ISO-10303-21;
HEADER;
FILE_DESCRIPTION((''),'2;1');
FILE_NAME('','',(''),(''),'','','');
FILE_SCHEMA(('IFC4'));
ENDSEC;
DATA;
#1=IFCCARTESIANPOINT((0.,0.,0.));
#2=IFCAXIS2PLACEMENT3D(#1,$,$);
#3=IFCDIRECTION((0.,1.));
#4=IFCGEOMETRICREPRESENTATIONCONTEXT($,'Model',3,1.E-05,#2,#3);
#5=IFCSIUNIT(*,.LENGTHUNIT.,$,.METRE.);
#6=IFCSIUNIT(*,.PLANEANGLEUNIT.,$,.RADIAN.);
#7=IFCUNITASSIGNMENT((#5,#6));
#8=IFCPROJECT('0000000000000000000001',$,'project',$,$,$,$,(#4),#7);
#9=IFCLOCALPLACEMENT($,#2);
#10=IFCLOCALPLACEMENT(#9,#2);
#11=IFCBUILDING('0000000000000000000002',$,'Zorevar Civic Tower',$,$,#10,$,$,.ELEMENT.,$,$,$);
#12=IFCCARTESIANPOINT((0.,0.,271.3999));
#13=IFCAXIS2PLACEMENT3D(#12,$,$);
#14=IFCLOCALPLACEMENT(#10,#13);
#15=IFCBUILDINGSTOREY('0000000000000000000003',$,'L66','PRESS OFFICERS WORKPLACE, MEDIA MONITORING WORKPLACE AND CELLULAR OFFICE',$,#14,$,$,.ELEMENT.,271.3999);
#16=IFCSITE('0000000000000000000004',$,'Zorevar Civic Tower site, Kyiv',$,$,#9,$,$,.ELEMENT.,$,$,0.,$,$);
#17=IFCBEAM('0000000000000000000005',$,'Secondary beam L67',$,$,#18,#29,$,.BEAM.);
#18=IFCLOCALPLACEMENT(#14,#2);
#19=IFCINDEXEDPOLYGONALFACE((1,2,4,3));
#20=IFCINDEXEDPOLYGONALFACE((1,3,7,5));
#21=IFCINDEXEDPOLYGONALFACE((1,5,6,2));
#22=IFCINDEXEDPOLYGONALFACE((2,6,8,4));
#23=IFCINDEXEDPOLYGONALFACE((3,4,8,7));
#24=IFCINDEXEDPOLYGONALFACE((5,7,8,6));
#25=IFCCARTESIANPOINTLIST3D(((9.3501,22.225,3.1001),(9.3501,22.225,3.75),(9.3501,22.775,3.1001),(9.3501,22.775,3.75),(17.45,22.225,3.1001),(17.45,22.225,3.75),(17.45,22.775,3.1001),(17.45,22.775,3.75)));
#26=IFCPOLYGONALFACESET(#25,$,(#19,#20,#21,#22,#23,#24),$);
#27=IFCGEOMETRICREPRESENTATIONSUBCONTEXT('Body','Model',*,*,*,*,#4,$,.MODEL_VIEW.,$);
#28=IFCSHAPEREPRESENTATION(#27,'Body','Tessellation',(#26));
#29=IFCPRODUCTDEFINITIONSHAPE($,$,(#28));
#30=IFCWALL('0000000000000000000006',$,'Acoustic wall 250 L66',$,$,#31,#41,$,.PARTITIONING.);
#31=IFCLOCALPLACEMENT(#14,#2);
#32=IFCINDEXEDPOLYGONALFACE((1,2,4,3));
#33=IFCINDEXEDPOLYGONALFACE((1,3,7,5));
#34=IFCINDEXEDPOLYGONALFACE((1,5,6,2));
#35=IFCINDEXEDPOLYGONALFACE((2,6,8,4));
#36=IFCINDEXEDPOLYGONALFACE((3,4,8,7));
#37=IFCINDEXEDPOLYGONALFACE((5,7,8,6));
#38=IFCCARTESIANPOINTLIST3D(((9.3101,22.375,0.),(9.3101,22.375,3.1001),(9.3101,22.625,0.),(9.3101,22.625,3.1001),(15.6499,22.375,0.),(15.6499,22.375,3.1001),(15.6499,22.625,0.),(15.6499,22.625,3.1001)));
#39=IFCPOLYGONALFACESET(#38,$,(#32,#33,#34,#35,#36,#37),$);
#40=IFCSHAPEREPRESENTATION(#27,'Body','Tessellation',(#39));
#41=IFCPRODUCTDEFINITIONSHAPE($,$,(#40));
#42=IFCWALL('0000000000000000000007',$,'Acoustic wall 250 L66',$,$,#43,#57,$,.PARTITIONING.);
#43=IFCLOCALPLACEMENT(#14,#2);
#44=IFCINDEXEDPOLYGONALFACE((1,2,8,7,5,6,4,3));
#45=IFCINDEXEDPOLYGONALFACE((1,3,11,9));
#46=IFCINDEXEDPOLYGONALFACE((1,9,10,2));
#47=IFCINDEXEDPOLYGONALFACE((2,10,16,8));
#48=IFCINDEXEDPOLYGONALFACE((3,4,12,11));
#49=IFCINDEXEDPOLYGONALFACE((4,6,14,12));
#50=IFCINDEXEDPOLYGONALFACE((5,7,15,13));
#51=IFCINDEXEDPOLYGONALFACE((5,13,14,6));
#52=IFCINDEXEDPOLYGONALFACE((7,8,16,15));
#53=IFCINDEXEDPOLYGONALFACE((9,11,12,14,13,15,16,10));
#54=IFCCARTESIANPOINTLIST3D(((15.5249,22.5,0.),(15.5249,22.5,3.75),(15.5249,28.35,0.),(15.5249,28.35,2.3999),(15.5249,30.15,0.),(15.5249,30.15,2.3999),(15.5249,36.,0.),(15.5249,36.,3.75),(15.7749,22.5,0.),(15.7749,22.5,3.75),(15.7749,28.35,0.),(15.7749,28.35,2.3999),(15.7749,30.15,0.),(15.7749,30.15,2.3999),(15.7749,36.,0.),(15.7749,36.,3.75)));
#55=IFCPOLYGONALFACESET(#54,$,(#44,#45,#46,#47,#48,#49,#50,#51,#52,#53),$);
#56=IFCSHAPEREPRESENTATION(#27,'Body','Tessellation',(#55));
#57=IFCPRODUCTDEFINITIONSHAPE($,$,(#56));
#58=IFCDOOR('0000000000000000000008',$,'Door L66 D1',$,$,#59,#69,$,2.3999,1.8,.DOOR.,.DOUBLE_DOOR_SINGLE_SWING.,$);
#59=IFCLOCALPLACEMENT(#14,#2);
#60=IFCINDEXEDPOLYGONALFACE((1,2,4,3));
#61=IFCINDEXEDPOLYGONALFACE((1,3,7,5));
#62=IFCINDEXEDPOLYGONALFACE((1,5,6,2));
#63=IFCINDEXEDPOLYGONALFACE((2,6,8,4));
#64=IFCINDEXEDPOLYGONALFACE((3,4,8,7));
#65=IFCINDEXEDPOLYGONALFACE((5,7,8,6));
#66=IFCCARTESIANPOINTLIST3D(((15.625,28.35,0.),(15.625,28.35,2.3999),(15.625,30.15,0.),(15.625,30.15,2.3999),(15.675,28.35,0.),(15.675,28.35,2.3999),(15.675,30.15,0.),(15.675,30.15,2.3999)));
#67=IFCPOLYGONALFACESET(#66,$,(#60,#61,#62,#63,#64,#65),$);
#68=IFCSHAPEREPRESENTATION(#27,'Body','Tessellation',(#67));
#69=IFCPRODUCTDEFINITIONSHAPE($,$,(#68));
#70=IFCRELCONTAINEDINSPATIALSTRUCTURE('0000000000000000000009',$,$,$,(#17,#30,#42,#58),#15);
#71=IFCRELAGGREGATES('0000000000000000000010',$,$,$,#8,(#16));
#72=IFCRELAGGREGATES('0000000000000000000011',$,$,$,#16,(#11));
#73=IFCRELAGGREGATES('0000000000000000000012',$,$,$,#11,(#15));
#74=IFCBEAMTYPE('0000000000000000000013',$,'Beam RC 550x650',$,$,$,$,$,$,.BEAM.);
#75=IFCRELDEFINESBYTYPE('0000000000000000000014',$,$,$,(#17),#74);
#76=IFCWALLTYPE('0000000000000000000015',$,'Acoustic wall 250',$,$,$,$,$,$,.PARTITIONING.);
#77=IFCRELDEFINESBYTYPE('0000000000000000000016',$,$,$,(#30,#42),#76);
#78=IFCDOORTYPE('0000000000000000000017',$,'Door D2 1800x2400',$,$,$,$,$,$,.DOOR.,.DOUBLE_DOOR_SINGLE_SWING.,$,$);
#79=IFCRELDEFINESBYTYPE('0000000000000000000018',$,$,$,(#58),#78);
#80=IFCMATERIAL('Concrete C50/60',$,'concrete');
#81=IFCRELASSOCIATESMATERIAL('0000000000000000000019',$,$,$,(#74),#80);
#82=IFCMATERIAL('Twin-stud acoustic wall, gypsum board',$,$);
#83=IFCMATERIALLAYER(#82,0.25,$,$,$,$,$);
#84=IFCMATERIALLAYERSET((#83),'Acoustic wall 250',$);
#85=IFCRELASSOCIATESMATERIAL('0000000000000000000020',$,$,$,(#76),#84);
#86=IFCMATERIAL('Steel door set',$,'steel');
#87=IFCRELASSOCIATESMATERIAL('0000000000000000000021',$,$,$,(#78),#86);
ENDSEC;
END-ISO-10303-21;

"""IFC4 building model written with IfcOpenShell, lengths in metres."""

from ifc_helpers import new_model, si_unit, direction, frame, frame_2d, origin, origin_2d, place, context, subcontext, project, spatial, rectangle, extrude, material, layer, layer_set, material_profile, profile_set, type_object, element, fill, save


model = new_model("IFC4")

# Units and contexts
model_context = context("Model", 3, precision=1e-05, world=origin(), true_north=direction((0.0, 1.0)))
body_context = subcontext(model_context, "Body", "Model", "MODEL_VIEW")
ifc_project = project(units=[si_unit("LENGTHUNIT", "METRE"), si_unit("PLANEANGLEUNIT", "RADIAN")], contexts=[model_context])

# Site, building, storey
site_placement = place(None, origin())
site = spatial("IfcSite", under=ifc_project, at=site_placement, Name="Zorevar Civic Tower site, Kyiv", CompositionType="ELEMENT", RefElevation=0.0)
building_placement = place(site_placement, origin())
building = spatial("IfcBuilding", under=site, at=building_placement, Name="Zorevar Civic Tower", CompositionType="ELEMENT")
storey_placement = place(building_placement, frame((0.0, 0.0, 271.3999)))
storey = spatial("IfcBuildingStorey", under=building, at=storey_placement, Name="L66", Description="PRESS OFFICERS WORKPLACE, MEDIA MONITORING WORKPLACE AND CELLULAR OFFICE", CompositionType="ELEMENT", Elevation=271.3999)

# Beam
ifc_material_1 = material(Name="Concrete C50/60", Category="concrete")
ifc_material_profile = material_profile(ifc_material_1, rectangle(XDim=0.55, YDim=0.6499, at=origin_2d()), Name="RC 550x650")
ifc_profile_set = profile_set([ifc_material_profile], Name="Concrete C50/60")
beam_type = type_object("IfcBeamType", Name="Beam RC 550x650", PredefinedType="BEAM", material=ifc_profile_set)
beam_placement = place(storey_placement, frame((9.3501, 22.5, 3.425), z_axis=(1.0, 0.0, 0.0), x_axis=(0.0, 1.0, 0.0)))
element("IfcBeam", 1, at=beam_placement, inside=storey, type_object=beam_type, Name="Secondary beam L67", PredefinedType="BEAM", context=body_context, shape_type="SweptSolid", body=[
    extrude(rectangle(XDim=0.55, YDim=0.6499, at=origin_2d()), origin(), (0.0, 0.0, 1.0), 8.0999),
])

# Wall
ifc_material_2 = material(Name="Twin-stud acoustic wall, gypsum board")
ifc_layer_1 = layer(ifc_material_2, 0.25)
ifc_layer_set_1 = layer_set([ifc_layer_1], Name="Acoustic wall 250")
wall_type_1 = type_object("IfcWallType", Name="Acoustic wall 250", PredefinedType="PARTITIONING", material=ifc_layer_set_1)
wall_1_placement = place(storey_placement, frame((9.3101, 22.5, 0.0), z_axis=(0.0, 0.0, 1.0), x_axis=(1.0, 0.0, 0.0)))
element("IfcWall", 2, at=wall_1_placement, inside=storey, type_object=wall_type_1, Name="Acoustic wall 250 L66", PredefinedType="PARTITIONING", context=body_context, shape_type="SweptSolid", body=[
    extrude(rectangle(XDim=6.3398, YDim=0.25, at=frame_2d((3.1699, 0.0))), origin(), (0.0, 0.0, 1.0), 3.1001),
])

# Wall, opening, door
wall_2_placement = place(storey_placement, frame((15.6499, 22.5, 0.0), z_axis=(0.0, 0.0, 1.0), x_axis=(0.0, 1.0, 0.0)))
wall_2 = element("IfcWall", 3, at=wall_2_placement, inside=storey, type_object=wall_type_1, Name="Acoustic wall 250 L66", PredefinedType="PARTITIONING", context=body_context, shape_type="SweptSolid", body=[
    extrude(rectangle(XDim=13.5, YDim=0.25, at=frame_2d((6.75, 0.0))), origin(), (0.0, 0.0, 1.0), 3.75),
])
opening_1_placement = place(wall_2_placement, frame((5.8501, 0.0, 0.0)))
opening_1 = element("IfcOpeningElement", 4, at=opening_1_placement, cuts=wall_2, PredefinedType="OPENING", context=body_context, shape_type="SweptSolid", body=[
    extrude(rectangle(XDim=1.8, YDim=2.3999, at=frame_2d((0.8999, 1.2))), frame((0.0, 0.135, 0.0), z_axis=(0.0, -1.0, 0.0), x_axis=(1.0, 0.0, 0.0)), (0.0, 0.0, 1.0), 0.27),
])
ifc_material_3 = material(Name="Steel door set", Category="steel")
door_type_1 = type_object("IfcDoorType", Name="Door D2 1800x2400", OperationType="DOUBLE_DOOR_SINGLE_SWING", PredefinedType="DOOR", material=ifc_material_3)
door_1_placement = place(opening_1_placement, origin())
door_1 = element("IfcDoor", 5, at=door_1_placement, inside=storey, type_object=door_type_1, Name="Door L66 D1", OperationType="DOUBLE_DOOR_SINGLE_SWING", OverallHeight=2.3999, OverallWidth=1.8, PredefinedType="DOOR", context=body_context, shape_type="SweptSolid", body=[
    extrude(rectangle(XDim=1.8, YDim=2.3999, at=frame_2d((0.8999, 1.2))), frame((0.0, 0.0249, 0.0), z_axis=(0.0, -1.0, 0.0), x_axis=(1.0, 0.0, 0.0)), (0.0, 0.0, 1.0), 0.05),
])
fill(opening_1, door_1)

save(model, "model.ifc")
